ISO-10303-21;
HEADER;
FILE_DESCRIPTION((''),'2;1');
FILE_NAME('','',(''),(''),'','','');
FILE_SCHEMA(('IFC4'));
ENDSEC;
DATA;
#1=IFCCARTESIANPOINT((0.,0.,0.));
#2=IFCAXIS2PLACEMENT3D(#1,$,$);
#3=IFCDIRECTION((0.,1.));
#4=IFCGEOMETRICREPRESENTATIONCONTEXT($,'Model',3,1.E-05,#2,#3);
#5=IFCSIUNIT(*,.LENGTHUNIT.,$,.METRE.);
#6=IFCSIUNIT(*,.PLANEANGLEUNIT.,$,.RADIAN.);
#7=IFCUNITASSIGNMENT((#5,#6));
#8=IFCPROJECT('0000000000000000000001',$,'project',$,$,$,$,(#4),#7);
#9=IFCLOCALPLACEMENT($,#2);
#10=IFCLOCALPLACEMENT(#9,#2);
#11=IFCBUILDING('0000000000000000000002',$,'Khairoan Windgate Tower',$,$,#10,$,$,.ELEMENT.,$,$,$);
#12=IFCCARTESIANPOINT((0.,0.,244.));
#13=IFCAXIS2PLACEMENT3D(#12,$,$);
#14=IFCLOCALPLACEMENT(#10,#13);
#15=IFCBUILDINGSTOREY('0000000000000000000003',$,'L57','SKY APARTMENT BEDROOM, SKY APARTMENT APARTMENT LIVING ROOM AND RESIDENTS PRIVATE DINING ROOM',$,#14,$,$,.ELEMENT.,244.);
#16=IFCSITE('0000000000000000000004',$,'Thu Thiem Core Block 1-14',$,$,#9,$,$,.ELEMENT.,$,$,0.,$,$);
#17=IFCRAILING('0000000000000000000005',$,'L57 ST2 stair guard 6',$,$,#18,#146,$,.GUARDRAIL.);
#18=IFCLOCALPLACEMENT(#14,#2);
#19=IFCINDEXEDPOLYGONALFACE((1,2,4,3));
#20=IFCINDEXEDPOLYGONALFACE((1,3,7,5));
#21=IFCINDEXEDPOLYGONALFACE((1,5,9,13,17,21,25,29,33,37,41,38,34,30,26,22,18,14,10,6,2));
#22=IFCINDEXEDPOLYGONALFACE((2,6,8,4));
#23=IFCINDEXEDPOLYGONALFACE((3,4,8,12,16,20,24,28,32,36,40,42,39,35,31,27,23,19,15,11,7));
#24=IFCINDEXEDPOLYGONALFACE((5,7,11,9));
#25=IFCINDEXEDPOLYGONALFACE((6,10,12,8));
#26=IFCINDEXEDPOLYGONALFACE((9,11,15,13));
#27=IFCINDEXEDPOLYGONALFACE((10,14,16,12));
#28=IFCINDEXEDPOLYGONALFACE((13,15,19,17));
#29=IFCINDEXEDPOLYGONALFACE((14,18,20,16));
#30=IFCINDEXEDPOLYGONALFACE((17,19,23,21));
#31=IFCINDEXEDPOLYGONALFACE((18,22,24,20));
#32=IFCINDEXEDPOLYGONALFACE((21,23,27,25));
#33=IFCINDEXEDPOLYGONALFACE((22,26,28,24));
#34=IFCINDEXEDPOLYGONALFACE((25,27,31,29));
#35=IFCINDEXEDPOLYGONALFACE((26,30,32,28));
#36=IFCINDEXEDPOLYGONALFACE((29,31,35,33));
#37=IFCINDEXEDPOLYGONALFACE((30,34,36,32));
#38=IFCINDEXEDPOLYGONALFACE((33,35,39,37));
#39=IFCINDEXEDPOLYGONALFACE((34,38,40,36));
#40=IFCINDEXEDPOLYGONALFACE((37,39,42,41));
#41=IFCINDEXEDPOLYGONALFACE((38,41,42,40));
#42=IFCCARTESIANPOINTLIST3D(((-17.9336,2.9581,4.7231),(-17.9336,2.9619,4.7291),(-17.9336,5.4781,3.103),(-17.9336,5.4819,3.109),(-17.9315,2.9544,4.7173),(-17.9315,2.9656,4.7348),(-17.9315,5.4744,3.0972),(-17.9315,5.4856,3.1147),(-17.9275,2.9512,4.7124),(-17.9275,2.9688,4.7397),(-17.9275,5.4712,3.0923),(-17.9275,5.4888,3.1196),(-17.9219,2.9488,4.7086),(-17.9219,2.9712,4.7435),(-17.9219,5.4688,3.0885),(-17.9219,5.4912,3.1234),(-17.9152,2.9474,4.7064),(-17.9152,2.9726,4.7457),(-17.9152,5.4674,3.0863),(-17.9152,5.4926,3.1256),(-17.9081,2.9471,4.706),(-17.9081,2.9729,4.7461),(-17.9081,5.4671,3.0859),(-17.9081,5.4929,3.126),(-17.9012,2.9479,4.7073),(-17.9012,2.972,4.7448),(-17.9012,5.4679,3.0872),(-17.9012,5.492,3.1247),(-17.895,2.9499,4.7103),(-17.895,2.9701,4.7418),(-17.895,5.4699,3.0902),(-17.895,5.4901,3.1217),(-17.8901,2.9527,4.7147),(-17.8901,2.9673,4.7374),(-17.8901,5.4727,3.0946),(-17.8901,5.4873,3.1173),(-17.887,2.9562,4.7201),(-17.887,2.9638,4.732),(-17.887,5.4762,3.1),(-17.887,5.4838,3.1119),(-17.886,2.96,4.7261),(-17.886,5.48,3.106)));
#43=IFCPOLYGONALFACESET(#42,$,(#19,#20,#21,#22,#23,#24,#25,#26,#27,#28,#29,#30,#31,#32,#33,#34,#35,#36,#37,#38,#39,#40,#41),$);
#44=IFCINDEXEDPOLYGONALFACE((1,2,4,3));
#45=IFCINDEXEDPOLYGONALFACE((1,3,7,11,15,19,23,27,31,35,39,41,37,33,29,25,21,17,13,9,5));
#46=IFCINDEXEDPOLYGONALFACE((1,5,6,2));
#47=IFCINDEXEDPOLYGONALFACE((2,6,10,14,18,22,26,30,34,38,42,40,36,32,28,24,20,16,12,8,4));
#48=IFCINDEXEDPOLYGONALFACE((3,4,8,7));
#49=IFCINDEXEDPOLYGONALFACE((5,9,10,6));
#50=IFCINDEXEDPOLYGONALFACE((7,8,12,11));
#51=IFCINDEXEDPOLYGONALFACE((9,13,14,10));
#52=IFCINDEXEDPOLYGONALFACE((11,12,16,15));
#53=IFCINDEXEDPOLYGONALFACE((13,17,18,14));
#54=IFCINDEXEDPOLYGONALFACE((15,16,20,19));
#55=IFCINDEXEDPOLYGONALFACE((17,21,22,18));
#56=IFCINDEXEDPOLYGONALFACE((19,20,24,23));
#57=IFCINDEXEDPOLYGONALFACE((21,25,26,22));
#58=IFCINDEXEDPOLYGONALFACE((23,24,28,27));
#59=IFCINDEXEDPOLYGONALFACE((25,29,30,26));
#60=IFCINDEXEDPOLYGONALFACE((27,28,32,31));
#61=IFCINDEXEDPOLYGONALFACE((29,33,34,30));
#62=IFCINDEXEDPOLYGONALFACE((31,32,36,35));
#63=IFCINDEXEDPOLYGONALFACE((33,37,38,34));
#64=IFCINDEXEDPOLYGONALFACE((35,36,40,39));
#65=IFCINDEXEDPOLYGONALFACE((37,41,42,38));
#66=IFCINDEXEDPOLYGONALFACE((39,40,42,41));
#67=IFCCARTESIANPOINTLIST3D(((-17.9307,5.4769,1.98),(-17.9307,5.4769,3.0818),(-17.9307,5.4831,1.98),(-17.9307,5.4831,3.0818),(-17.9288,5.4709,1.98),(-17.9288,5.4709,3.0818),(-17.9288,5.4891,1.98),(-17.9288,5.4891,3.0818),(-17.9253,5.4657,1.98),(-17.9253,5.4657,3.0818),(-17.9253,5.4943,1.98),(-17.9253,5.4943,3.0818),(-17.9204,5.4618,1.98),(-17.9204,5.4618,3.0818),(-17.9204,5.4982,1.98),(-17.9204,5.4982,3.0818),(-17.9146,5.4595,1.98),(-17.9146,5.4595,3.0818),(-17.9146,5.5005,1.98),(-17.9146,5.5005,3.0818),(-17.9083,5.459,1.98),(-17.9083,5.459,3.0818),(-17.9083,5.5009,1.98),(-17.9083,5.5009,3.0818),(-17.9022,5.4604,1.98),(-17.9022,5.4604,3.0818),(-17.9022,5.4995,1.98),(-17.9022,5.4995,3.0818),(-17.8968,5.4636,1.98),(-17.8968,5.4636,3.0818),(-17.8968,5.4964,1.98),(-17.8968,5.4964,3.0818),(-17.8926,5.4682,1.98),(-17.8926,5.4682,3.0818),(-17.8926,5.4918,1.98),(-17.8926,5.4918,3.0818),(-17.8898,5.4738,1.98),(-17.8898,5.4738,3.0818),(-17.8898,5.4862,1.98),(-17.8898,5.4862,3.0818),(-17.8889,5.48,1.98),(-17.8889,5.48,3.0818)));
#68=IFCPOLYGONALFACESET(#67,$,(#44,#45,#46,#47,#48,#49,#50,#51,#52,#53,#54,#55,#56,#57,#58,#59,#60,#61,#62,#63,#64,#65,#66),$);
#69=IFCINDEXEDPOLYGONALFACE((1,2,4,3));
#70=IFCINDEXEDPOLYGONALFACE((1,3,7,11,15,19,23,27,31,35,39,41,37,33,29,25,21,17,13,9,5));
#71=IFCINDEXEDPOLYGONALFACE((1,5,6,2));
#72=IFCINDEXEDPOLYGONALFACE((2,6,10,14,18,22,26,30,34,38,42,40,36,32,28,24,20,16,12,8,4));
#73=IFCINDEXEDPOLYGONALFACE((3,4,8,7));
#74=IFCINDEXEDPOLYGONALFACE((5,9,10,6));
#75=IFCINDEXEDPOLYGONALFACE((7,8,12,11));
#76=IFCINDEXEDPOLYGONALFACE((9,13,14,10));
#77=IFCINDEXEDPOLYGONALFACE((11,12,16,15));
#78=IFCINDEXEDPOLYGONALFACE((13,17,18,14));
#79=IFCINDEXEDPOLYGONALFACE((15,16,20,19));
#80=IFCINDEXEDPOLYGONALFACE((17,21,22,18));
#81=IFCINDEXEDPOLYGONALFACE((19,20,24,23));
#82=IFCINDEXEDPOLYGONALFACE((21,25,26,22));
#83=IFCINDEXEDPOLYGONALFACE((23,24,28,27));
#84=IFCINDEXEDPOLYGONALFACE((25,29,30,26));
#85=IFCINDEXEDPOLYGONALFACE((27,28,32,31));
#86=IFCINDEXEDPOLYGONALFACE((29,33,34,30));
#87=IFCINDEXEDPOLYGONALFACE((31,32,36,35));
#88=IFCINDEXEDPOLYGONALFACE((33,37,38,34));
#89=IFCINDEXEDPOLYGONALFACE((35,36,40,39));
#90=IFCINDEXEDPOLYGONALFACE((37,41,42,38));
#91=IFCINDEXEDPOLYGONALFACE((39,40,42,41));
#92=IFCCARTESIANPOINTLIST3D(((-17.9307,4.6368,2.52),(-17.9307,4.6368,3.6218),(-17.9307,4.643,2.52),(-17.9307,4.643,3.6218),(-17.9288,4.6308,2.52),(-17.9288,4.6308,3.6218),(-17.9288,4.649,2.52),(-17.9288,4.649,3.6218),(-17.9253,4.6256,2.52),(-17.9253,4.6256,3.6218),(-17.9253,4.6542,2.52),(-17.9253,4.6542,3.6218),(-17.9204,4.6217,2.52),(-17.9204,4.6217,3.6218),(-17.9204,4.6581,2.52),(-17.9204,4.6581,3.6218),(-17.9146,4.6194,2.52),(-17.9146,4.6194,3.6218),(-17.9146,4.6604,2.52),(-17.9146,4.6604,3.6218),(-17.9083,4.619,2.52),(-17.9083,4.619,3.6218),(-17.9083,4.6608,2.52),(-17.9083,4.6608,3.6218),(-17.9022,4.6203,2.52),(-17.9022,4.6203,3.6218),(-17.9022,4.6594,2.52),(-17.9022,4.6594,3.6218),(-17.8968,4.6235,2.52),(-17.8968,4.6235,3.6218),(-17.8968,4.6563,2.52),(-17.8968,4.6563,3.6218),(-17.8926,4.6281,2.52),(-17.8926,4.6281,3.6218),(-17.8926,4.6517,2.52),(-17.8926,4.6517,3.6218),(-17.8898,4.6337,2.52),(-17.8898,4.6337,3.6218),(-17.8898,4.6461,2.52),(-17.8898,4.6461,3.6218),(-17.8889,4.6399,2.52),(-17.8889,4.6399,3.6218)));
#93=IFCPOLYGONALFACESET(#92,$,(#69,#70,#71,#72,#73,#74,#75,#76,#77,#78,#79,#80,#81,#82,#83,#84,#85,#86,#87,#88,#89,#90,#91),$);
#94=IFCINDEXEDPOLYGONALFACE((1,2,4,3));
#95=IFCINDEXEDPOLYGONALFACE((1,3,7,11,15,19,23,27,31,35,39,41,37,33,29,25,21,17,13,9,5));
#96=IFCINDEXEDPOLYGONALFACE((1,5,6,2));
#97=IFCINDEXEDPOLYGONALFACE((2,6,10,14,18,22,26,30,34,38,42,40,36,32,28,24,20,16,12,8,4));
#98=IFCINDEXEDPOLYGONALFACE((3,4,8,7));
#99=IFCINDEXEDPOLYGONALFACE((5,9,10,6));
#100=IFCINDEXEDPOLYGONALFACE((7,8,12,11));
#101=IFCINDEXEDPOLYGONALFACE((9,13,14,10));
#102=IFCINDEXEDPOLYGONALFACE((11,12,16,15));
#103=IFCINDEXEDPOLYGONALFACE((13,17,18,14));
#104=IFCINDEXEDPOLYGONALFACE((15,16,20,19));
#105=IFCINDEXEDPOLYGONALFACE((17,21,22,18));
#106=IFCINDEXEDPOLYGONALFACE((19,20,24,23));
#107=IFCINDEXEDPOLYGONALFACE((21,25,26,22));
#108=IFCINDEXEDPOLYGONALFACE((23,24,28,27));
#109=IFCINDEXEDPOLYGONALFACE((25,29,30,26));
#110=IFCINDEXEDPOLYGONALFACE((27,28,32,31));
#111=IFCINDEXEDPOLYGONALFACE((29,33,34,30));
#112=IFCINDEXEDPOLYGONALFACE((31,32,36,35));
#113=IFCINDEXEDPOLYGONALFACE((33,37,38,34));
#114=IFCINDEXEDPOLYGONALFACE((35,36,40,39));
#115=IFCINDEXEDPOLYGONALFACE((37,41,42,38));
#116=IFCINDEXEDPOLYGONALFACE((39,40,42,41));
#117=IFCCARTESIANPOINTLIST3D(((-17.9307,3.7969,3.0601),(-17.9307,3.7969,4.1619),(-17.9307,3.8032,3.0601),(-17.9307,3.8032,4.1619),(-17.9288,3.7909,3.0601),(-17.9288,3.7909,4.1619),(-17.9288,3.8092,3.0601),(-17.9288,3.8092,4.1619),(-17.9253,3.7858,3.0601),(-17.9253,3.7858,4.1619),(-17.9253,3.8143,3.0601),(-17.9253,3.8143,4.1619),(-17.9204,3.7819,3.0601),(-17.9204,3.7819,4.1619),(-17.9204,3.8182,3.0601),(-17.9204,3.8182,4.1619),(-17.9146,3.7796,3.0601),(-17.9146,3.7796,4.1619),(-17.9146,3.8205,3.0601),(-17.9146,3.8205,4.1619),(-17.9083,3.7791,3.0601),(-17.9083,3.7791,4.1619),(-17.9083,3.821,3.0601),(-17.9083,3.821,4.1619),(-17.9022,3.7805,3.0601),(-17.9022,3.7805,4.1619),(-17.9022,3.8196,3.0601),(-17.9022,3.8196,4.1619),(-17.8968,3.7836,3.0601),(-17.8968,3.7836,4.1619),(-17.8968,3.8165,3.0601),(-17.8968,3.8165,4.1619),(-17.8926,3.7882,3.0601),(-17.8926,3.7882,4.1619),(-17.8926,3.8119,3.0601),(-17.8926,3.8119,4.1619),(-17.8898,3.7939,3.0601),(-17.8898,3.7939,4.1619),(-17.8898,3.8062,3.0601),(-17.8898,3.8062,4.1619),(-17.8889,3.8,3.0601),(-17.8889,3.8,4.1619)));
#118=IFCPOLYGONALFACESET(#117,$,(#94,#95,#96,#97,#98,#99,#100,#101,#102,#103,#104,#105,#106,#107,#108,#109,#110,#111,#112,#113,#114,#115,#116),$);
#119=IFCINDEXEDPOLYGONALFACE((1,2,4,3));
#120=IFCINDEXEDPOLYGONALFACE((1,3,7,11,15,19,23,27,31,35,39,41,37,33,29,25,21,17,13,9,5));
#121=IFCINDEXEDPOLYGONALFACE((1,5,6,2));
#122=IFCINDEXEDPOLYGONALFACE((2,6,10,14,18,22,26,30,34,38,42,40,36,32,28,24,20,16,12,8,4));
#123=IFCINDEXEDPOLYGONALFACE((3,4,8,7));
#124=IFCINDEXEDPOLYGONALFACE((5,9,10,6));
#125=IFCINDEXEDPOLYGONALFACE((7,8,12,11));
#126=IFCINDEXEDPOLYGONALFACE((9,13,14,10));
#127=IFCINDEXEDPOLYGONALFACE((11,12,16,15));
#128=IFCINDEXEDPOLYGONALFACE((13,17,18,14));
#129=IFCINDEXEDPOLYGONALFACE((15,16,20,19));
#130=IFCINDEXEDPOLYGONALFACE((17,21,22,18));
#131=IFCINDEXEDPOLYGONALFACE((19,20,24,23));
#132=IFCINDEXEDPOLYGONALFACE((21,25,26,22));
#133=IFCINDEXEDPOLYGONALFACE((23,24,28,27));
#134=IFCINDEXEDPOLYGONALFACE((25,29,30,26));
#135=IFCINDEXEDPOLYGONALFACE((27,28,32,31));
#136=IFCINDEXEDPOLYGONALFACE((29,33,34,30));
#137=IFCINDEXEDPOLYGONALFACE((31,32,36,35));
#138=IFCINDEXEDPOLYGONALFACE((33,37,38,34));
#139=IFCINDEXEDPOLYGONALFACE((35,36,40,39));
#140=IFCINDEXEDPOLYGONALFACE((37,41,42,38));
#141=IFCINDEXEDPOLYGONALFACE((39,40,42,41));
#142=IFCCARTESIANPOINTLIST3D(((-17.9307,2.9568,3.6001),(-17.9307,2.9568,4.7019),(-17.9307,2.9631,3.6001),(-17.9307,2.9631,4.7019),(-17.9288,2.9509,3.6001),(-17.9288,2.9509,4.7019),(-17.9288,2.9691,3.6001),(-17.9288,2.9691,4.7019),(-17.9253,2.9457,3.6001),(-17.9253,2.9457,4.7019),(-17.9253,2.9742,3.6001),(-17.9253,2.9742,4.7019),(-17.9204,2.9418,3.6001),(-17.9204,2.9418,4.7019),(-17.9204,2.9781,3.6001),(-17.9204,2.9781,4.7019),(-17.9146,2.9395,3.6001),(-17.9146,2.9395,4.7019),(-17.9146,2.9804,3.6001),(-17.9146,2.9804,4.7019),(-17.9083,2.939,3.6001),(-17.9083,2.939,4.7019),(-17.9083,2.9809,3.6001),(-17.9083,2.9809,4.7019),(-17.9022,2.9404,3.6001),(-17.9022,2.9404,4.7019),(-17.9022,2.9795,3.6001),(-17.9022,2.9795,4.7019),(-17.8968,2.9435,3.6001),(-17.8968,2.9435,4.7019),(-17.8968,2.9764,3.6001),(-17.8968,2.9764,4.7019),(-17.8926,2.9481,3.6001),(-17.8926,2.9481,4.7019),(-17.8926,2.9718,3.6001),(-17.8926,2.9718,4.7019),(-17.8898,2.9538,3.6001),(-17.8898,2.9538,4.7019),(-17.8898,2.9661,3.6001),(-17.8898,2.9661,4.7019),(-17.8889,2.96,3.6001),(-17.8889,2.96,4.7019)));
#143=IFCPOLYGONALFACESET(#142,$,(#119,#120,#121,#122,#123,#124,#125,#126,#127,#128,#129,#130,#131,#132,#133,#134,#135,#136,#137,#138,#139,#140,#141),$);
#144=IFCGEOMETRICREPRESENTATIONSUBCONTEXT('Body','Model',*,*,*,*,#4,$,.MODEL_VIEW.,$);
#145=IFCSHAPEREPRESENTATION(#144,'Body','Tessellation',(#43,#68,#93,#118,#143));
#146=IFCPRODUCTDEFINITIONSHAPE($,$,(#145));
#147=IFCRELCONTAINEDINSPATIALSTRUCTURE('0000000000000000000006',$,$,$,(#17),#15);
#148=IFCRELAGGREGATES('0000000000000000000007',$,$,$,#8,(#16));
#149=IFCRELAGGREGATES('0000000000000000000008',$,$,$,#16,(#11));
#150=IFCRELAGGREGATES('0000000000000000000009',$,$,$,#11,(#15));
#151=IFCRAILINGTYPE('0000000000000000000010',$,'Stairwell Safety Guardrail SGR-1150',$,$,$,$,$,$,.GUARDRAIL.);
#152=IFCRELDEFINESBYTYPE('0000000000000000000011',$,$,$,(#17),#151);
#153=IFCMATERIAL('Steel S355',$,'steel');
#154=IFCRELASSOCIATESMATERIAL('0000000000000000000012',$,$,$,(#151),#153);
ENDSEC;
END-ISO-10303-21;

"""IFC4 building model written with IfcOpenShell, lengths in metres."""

from ifc_helpers import new_model, si_unit, direction, frame, origin, origin_2d, place, context, subcontext, project, spatial, circle, extrude, material, type_object, element, save


model = new_model("IFC4")

# Units and contexts
model_context = context("Model", 3, precision=1e-05, world=origin(), true_north=direction((0.0, 1.0)))
body_context = subcontext(model_context, "Body", "Model", "MODEL_VIEW")
ifc_project = project(units=[si_unit("LENGTHUNIT", "METRE"), si_unit("PLANEANGLEUNIT", "RADIAN")], contexts=[model_context])

# Site, building, storey
site_placement = place(None, origin())
site = spatial("IfcSite", under=ifc_project, at=site_placement, Name="Thu Thiem Core Block 1-14", CompositionType="ELEMENT", RefElevation=0.0)
building_placement = place(site_placement, origin())
building = spatial("IfcBuilding", under=site, at=building_placement, Name="Khairoan Windgate Tower", CompositionType="ELEMENT")
storey_placement = place(building_placement, frame((0.0, 0.0, 244.0)))
storey = spatial("IfcBuildingStorey", under=building, at=storey_placement, Name="L57", Description="SKY APARTMENT BEDROOM, SKY APARTMENT APARTMENT LIVING ROOM AND RESIDENTS PRIVATE DINING ROOM", CompositionType="ELEMENT", Elevation=244.0)

# Railing
ifc_material_1 = material(Name="Steel S355", Category="steel")
railing_type_1 = type_object("IfcRailingType", Name="Stairwell Safety Guardrail SGR-1150", PredefinedType="GUARDRAIL", material=ifc_material_1)
railing_1_placement = place(storey_placement, frame((-17.9099, 5.48, 1.98)))
element("IfcRailing", 1, at=railing_1_placement, inside=storey, type_object=railing_type_1, Name="L57 ST2 stair guard 6", PredefinedType="GUARDRAIL", context=body_context, shape_type="SweptSolid", body=[
    extrude(circle(Radius=0.0239, at=origin_2d()), frame((0.0, 0.0, 1.126), z_axis=(0.0, -0.841163, 0.540782), x_axis=(1.0, 0.0, 0.0)), (0.0, 0.0, 1.0), 2.9958),
    extrude(circle(Radius=0.021, at=origin_2d()), origin(), (0.0, 0.0, 1.0), 1.1018),
    extrude(circle(Radius=0.021, at=origin_2d()), frame((0.0, -0.8401, 0.54)), (0.0, 0.0, 1.0), 1.1018),
    extrude(circle(Radius=0.021, at=origin_2d()), frame((0.0, -1.6799, 1.0801)), (0.0, 0.0, 1.0), 1.1018),
    extrude(circle(Radius=0.021, at=origin_2d()), frame((0.0, -2.52, 1.6201)), (0.0, 0.0, 1.0), 1.1018),
])

save(model, "model.ifc")
